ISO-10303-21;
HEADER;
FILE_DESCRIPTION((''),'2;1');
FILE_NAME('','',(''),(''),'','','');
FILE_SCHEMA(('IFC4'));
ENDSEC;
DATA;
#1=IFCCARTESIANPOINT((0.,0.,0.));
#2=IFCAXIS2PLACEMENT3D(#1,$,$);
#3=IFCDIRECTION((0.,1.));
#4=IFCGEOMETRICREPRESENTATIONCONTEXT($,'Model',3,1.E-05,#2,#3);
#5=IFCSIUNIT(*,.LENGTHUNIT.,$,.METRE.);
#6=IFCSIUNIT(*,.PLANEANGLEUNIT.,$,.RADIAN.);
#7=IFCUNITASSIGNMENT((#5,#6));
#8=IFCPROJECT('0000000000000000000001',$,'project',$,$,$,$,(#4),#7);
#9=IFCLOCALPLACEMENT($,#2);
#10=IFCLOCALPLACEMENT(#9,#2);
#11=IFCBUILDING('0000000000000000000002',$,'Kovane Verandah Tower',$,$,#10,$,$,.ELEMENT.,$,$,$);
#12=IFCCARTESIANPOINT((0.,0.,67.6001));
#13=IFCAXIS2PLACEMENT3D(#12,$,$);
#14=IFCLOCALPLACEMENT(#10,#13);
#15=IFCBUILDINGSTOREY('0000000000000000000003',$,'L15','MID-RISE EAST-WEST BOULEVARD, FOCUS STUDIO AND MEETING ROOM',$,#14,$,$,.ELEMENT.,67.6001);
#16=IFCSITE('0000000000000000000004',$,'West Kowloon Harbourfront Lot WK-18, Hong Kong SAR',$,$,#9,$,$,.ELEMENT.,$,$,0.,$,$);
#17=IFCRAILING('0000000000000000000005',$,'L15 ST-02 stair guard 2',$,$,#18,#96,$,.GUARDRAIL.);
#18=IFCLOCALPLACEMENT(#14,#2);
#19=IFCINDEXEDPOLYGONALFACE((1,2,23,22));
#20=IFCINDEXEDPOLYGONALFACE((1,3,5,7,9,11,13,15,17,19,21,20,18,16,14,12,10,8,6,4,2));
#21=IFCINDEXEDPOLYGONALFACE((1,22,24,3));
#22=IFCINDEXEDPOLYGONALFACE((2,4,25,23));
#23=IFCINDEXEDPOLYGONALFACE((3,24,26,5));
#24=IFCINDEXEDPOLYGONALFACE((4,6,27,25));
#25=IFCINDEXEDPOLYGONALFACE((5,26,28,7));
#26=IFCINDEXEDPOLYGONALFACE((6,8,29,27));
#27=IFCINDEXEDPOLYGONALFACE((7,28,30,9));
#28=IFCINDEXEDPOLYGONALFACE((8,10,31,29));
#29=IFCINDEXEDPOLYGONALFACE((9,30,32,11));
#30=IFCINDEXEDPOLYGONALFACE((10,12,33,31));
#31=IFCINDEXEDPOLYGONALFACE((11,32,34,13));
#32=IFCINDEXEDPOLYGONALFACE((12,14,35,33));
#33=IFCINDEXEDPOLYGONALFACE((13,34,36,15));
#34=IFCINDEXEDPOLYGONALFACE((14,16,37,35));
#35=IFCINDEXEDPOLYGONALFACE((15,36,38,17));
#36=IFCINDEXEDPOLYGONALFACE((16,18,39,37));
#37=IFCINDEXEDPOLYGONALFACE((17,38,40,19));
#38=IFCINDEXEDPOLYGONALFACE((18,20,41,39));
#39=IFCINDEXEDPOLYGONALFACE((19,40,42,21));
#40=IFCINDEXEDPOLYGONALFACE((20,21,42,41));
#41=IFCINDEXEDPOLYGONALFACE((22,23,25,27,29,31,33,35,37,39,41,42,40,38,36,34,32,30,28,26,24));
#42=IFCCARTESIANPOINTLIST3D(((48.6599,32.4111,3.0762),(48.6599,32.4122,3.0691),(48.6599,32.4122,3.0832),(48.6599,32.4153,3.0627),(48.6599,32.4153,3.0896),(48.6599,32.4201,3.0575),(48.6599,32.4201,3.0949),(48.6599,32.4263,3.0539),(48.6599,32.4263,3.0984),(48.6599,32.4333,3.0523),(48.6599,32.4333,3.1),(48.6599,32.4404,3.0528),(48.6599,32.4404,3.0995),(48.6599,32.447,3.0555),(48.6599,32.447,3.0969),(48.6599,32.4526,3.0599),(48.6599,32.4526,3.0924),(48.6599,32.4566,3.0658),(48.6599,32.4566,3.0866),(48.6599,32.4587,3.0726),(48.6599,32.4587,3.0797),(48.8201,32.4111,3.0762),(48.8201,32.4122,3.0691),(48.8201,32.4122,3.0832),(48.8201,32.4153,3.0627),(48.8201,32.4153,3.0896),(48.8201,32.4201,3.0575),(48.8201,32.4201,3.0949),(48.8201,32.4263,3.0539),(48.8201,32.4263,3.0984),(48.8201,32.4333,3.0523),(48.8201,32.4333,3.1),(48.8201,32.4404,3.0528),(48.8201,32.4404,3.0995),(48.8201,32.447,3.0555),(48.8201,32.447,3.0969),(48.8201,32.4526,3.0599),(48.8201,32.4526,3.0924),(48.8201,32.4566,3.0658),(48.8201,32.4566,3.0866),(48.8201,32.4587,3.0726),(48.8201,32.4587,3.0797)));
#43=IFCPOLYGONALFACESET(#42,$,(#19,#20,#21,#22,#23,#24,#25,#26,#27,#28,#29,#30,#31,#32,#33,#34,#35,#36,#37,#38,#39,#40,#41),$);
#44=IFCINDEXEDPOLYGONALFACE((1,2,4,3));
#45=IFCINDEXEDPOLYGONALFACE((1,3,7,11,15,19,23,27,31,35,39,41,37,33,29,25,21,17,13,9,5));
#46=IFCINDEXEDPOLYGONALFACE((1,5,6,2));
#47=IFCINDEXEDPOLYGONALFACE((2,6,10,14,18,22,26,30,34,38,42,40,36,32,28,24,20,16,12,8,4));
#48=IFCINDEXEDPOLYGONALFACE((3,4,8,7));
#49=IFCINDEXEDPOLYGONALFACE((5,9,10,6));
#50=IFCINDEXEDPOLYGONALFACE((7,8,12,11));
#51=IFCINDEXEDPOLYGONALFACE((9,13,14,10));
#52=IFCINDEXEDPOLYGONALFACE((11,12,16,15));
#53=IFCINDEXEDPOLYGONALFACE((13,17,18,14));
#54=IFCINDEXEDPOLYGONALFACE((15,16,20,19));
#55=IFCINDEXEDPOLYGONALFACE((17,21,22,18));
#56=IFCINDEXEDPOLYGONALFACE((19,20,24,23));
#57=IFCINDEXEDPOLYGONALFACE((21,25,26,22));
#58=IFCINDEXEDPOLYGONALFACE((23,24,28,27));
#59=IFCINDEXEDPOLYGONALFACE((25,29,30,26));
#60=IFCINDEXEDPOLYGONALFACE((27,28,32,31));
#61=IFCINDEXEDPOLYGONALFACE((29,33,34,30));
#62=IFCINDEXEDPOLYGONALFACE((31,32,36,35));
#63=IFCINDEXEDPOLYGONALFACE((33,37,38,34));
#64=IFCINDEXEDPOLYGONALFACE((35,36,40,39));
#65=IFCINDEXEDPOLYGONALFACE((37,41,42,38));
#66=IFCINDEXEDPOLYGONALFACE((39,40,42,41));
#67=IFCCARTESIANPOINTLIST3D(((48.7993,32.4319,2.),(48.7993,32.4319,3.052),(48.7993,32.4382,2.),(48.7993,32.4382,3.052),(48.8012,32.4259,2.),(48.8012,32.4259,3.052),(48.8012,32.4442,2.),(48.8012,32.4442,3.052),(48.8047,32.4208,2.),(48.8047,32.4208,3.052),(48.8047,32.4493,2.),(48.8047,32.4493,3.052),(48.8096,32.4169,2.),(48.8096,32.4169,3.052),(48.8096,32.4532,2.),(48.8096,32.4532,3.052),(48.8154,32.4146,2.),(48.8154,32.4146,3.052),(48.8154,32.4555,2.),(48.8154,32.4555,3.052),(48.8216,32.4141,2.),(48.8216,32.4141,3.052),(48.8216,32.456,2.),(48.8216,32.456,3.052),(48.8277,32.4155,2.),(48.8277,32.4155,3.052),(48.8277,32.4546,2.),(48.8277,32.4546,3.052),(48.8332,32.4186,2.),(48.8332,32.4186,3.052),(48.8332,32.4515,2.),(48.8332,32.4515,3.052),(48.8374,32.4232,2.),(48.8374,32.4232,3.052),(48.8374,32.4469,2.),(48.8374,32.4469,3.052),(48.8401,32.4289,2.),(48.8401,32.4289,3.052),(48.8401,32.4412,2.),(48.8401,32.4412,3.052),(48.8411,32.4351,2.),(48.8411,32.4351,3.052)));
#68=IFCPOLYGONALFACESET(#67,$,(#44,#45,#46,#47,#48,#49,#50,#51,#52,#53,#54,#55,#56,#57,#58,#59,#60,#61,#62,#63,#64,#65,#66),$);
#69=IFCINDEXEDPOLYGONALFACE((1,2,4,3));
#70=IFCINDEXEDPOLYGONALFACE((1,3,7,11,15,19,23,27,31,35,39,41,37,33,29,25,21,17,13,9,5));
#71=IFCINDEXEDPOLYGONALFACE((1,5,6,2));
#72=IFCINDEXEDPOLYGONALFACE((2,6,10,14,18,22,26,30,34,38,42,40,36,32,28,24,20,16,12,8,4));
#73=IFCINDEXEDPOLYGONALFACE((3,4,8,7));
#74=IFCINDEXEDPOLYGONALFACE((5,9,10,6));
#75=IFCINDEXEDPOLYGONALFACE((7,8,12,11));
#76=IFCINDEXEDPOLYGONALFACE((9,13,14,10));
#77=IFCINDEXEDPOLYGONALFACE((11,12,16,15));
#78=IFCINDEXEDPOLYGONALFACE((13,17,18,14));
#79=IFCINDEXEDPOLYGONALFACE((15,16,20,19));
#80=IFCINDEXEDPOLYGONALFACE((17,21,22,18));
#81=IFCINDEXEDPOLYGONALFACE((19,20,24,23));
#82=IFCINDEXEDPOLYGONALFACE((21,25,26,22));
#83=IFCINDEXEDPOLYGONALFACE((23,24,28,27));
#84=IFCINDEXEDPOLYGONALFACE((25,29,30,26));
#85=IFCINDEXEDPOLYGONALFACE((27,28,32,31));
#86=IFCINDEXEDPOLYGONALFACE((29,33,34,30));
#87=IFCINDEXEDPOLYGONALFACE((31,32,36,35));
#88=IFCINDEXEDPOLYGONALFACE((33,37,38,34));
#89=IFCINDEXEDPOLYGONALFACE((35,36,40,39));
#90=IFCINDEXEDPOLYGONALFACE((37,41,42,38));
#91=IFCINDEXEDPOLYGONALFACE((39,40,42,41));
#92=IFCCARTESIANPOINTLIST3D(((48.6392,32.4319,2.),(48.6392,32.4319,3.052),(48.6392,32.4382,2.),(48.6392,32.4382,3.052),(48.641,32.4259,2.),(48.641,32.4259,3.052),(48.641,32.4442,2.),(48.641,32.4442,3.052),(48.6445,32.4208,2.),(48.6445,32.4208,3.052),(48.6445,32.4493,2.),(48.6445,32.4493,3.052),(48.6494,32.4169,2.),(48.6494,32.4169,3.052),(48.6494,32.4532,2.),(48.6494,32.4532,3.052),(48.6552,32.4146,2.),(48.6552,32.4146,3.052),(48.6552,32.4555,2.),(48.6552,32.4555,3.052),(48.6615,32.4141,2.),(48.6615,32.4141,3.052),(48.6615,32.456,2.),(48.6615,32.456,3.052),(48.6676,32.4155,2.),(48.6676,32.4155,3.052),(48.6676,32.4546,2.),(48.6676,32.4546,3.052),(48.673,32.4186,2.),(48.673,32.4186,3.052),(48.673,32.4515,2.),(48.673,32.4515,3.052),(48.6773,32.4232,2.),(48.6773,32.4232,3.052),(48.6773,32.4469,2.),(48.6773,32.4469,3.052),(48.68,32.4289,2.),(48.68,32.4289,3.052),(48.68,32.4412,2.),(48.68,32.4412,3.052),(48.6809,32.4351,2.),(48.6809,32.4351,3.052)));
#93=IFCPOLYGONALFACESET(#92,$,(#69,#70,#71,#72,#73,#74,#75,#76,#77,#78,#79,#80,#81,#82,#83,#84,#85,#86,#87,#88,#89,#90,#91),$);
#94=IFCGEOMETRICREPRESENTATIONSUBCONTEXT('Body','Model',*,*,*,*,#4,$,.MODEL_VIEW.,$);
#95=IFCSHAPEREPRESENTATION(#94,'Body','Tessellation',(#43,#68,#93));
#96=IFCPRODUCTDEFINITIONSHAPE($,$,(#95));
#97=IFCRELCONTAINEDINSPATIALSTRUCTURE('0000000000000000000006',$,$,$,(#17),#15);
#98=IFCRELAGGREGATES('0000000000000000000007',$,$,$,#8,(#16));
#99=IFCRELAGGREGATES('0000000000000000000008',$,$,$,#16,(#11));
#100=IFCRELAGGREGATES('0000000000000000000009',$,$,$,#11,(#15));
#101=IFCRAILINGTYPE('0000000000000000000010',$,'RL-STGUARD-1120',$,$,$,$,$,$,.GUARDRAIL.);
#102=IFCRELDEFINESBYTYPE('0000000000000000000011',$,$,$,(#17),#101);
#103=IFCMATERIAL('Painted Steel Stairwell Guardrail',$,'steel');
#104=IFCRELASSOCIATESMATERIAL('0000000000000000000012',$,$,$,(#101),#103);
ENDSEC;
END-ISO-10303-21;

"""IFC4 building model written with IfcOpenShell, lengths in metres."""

from ifc_helpers import new_model, si_unit, direction, frame, origin, origin_2d, place, context, subcontext, project, spatial, circle, extrude, material, type_object, element, save


model = new_model("IFC4")

# Units and contexts
model_context = context("Model", 3, precision=1e-05, world=origin(), true_north=direction((0.0, 1.0)))
body_context = subcontext(model_context, "Body", "Model", "MODEL_VIEW")
ifc_project = project(units=[si_unit("LENGTHUNIT", "METRE"), si_unit("PLANEANGLEUNIT", "RADIAN")], contexts=[model_context])

# Site, building, storey
site_placement = place(None, origin())
site = spatial("IfcSite", under=ifc_project, at=site_placement, Name="West Kowloon Harbourfront Lot WK-18, Hong Kong SAR", CompositionType="ELEMENT", RefElevation=0.0)
building_placement = place(site_placement, origin())
building = spatial("IfcBuilding", under=site, at=building_placement, Name="Kovane Verandah Tower", CompositionType="ELEMENT")
storey_placement = place(building_placement, frame((0.0, 0.0, 67.6001)))
storey = spatial("IfcBuildingStorey", under=building, at=storey_placement, Name="L15", Description="MID-RISE EAST-WEST BOULEVARD, FOCUS STUDIO AND MEETING ROOM", CompositionType="ELEMENT", Elevation=67.6001)

# Railing
ifc_material_1 = material(Name="Painted Steel Stairwell Guardrail", Category="steel")
railing_type_1 = type_object("IfcRailingType", Name="RL-STGUARD-1120", PredefinedType="GUARDRAIL", material=ifc_material_1)
railing_1_placement = place(storey_placement, frame((48.8201, 32.4351, 2.0)))
element("IfcRailing", 1, at=railing_1_placement, inside=storey, type_object=railing_type_1, Name="L15 ST-02 stair guard 2", PredefinedType="GUARDRAIL", context=body_context, shape_type="SweptSolid", body=[
    extrude(circle(Radius=0.0239, at=origin_2d()), frame((0.0, 0.0, 1.0762), z_axis=(-1.0, 0.0, 0.0), x_axis=(0.0, -1.0, 0.0)), (0.0, 0.0, 1.0), 0.1602),
    extrude(circle(Radius=0.021, at=origin_2d()), origin(), (0.0, 0.0, 1.0), 1.052),
    extrude(circle(Radius=0.021, at=origin_2d()), frame((-0.1602, 0.0, 0.0)), (0.0, 0.0, 1.0), 1.052),
])

save(model, "model.ifc")
